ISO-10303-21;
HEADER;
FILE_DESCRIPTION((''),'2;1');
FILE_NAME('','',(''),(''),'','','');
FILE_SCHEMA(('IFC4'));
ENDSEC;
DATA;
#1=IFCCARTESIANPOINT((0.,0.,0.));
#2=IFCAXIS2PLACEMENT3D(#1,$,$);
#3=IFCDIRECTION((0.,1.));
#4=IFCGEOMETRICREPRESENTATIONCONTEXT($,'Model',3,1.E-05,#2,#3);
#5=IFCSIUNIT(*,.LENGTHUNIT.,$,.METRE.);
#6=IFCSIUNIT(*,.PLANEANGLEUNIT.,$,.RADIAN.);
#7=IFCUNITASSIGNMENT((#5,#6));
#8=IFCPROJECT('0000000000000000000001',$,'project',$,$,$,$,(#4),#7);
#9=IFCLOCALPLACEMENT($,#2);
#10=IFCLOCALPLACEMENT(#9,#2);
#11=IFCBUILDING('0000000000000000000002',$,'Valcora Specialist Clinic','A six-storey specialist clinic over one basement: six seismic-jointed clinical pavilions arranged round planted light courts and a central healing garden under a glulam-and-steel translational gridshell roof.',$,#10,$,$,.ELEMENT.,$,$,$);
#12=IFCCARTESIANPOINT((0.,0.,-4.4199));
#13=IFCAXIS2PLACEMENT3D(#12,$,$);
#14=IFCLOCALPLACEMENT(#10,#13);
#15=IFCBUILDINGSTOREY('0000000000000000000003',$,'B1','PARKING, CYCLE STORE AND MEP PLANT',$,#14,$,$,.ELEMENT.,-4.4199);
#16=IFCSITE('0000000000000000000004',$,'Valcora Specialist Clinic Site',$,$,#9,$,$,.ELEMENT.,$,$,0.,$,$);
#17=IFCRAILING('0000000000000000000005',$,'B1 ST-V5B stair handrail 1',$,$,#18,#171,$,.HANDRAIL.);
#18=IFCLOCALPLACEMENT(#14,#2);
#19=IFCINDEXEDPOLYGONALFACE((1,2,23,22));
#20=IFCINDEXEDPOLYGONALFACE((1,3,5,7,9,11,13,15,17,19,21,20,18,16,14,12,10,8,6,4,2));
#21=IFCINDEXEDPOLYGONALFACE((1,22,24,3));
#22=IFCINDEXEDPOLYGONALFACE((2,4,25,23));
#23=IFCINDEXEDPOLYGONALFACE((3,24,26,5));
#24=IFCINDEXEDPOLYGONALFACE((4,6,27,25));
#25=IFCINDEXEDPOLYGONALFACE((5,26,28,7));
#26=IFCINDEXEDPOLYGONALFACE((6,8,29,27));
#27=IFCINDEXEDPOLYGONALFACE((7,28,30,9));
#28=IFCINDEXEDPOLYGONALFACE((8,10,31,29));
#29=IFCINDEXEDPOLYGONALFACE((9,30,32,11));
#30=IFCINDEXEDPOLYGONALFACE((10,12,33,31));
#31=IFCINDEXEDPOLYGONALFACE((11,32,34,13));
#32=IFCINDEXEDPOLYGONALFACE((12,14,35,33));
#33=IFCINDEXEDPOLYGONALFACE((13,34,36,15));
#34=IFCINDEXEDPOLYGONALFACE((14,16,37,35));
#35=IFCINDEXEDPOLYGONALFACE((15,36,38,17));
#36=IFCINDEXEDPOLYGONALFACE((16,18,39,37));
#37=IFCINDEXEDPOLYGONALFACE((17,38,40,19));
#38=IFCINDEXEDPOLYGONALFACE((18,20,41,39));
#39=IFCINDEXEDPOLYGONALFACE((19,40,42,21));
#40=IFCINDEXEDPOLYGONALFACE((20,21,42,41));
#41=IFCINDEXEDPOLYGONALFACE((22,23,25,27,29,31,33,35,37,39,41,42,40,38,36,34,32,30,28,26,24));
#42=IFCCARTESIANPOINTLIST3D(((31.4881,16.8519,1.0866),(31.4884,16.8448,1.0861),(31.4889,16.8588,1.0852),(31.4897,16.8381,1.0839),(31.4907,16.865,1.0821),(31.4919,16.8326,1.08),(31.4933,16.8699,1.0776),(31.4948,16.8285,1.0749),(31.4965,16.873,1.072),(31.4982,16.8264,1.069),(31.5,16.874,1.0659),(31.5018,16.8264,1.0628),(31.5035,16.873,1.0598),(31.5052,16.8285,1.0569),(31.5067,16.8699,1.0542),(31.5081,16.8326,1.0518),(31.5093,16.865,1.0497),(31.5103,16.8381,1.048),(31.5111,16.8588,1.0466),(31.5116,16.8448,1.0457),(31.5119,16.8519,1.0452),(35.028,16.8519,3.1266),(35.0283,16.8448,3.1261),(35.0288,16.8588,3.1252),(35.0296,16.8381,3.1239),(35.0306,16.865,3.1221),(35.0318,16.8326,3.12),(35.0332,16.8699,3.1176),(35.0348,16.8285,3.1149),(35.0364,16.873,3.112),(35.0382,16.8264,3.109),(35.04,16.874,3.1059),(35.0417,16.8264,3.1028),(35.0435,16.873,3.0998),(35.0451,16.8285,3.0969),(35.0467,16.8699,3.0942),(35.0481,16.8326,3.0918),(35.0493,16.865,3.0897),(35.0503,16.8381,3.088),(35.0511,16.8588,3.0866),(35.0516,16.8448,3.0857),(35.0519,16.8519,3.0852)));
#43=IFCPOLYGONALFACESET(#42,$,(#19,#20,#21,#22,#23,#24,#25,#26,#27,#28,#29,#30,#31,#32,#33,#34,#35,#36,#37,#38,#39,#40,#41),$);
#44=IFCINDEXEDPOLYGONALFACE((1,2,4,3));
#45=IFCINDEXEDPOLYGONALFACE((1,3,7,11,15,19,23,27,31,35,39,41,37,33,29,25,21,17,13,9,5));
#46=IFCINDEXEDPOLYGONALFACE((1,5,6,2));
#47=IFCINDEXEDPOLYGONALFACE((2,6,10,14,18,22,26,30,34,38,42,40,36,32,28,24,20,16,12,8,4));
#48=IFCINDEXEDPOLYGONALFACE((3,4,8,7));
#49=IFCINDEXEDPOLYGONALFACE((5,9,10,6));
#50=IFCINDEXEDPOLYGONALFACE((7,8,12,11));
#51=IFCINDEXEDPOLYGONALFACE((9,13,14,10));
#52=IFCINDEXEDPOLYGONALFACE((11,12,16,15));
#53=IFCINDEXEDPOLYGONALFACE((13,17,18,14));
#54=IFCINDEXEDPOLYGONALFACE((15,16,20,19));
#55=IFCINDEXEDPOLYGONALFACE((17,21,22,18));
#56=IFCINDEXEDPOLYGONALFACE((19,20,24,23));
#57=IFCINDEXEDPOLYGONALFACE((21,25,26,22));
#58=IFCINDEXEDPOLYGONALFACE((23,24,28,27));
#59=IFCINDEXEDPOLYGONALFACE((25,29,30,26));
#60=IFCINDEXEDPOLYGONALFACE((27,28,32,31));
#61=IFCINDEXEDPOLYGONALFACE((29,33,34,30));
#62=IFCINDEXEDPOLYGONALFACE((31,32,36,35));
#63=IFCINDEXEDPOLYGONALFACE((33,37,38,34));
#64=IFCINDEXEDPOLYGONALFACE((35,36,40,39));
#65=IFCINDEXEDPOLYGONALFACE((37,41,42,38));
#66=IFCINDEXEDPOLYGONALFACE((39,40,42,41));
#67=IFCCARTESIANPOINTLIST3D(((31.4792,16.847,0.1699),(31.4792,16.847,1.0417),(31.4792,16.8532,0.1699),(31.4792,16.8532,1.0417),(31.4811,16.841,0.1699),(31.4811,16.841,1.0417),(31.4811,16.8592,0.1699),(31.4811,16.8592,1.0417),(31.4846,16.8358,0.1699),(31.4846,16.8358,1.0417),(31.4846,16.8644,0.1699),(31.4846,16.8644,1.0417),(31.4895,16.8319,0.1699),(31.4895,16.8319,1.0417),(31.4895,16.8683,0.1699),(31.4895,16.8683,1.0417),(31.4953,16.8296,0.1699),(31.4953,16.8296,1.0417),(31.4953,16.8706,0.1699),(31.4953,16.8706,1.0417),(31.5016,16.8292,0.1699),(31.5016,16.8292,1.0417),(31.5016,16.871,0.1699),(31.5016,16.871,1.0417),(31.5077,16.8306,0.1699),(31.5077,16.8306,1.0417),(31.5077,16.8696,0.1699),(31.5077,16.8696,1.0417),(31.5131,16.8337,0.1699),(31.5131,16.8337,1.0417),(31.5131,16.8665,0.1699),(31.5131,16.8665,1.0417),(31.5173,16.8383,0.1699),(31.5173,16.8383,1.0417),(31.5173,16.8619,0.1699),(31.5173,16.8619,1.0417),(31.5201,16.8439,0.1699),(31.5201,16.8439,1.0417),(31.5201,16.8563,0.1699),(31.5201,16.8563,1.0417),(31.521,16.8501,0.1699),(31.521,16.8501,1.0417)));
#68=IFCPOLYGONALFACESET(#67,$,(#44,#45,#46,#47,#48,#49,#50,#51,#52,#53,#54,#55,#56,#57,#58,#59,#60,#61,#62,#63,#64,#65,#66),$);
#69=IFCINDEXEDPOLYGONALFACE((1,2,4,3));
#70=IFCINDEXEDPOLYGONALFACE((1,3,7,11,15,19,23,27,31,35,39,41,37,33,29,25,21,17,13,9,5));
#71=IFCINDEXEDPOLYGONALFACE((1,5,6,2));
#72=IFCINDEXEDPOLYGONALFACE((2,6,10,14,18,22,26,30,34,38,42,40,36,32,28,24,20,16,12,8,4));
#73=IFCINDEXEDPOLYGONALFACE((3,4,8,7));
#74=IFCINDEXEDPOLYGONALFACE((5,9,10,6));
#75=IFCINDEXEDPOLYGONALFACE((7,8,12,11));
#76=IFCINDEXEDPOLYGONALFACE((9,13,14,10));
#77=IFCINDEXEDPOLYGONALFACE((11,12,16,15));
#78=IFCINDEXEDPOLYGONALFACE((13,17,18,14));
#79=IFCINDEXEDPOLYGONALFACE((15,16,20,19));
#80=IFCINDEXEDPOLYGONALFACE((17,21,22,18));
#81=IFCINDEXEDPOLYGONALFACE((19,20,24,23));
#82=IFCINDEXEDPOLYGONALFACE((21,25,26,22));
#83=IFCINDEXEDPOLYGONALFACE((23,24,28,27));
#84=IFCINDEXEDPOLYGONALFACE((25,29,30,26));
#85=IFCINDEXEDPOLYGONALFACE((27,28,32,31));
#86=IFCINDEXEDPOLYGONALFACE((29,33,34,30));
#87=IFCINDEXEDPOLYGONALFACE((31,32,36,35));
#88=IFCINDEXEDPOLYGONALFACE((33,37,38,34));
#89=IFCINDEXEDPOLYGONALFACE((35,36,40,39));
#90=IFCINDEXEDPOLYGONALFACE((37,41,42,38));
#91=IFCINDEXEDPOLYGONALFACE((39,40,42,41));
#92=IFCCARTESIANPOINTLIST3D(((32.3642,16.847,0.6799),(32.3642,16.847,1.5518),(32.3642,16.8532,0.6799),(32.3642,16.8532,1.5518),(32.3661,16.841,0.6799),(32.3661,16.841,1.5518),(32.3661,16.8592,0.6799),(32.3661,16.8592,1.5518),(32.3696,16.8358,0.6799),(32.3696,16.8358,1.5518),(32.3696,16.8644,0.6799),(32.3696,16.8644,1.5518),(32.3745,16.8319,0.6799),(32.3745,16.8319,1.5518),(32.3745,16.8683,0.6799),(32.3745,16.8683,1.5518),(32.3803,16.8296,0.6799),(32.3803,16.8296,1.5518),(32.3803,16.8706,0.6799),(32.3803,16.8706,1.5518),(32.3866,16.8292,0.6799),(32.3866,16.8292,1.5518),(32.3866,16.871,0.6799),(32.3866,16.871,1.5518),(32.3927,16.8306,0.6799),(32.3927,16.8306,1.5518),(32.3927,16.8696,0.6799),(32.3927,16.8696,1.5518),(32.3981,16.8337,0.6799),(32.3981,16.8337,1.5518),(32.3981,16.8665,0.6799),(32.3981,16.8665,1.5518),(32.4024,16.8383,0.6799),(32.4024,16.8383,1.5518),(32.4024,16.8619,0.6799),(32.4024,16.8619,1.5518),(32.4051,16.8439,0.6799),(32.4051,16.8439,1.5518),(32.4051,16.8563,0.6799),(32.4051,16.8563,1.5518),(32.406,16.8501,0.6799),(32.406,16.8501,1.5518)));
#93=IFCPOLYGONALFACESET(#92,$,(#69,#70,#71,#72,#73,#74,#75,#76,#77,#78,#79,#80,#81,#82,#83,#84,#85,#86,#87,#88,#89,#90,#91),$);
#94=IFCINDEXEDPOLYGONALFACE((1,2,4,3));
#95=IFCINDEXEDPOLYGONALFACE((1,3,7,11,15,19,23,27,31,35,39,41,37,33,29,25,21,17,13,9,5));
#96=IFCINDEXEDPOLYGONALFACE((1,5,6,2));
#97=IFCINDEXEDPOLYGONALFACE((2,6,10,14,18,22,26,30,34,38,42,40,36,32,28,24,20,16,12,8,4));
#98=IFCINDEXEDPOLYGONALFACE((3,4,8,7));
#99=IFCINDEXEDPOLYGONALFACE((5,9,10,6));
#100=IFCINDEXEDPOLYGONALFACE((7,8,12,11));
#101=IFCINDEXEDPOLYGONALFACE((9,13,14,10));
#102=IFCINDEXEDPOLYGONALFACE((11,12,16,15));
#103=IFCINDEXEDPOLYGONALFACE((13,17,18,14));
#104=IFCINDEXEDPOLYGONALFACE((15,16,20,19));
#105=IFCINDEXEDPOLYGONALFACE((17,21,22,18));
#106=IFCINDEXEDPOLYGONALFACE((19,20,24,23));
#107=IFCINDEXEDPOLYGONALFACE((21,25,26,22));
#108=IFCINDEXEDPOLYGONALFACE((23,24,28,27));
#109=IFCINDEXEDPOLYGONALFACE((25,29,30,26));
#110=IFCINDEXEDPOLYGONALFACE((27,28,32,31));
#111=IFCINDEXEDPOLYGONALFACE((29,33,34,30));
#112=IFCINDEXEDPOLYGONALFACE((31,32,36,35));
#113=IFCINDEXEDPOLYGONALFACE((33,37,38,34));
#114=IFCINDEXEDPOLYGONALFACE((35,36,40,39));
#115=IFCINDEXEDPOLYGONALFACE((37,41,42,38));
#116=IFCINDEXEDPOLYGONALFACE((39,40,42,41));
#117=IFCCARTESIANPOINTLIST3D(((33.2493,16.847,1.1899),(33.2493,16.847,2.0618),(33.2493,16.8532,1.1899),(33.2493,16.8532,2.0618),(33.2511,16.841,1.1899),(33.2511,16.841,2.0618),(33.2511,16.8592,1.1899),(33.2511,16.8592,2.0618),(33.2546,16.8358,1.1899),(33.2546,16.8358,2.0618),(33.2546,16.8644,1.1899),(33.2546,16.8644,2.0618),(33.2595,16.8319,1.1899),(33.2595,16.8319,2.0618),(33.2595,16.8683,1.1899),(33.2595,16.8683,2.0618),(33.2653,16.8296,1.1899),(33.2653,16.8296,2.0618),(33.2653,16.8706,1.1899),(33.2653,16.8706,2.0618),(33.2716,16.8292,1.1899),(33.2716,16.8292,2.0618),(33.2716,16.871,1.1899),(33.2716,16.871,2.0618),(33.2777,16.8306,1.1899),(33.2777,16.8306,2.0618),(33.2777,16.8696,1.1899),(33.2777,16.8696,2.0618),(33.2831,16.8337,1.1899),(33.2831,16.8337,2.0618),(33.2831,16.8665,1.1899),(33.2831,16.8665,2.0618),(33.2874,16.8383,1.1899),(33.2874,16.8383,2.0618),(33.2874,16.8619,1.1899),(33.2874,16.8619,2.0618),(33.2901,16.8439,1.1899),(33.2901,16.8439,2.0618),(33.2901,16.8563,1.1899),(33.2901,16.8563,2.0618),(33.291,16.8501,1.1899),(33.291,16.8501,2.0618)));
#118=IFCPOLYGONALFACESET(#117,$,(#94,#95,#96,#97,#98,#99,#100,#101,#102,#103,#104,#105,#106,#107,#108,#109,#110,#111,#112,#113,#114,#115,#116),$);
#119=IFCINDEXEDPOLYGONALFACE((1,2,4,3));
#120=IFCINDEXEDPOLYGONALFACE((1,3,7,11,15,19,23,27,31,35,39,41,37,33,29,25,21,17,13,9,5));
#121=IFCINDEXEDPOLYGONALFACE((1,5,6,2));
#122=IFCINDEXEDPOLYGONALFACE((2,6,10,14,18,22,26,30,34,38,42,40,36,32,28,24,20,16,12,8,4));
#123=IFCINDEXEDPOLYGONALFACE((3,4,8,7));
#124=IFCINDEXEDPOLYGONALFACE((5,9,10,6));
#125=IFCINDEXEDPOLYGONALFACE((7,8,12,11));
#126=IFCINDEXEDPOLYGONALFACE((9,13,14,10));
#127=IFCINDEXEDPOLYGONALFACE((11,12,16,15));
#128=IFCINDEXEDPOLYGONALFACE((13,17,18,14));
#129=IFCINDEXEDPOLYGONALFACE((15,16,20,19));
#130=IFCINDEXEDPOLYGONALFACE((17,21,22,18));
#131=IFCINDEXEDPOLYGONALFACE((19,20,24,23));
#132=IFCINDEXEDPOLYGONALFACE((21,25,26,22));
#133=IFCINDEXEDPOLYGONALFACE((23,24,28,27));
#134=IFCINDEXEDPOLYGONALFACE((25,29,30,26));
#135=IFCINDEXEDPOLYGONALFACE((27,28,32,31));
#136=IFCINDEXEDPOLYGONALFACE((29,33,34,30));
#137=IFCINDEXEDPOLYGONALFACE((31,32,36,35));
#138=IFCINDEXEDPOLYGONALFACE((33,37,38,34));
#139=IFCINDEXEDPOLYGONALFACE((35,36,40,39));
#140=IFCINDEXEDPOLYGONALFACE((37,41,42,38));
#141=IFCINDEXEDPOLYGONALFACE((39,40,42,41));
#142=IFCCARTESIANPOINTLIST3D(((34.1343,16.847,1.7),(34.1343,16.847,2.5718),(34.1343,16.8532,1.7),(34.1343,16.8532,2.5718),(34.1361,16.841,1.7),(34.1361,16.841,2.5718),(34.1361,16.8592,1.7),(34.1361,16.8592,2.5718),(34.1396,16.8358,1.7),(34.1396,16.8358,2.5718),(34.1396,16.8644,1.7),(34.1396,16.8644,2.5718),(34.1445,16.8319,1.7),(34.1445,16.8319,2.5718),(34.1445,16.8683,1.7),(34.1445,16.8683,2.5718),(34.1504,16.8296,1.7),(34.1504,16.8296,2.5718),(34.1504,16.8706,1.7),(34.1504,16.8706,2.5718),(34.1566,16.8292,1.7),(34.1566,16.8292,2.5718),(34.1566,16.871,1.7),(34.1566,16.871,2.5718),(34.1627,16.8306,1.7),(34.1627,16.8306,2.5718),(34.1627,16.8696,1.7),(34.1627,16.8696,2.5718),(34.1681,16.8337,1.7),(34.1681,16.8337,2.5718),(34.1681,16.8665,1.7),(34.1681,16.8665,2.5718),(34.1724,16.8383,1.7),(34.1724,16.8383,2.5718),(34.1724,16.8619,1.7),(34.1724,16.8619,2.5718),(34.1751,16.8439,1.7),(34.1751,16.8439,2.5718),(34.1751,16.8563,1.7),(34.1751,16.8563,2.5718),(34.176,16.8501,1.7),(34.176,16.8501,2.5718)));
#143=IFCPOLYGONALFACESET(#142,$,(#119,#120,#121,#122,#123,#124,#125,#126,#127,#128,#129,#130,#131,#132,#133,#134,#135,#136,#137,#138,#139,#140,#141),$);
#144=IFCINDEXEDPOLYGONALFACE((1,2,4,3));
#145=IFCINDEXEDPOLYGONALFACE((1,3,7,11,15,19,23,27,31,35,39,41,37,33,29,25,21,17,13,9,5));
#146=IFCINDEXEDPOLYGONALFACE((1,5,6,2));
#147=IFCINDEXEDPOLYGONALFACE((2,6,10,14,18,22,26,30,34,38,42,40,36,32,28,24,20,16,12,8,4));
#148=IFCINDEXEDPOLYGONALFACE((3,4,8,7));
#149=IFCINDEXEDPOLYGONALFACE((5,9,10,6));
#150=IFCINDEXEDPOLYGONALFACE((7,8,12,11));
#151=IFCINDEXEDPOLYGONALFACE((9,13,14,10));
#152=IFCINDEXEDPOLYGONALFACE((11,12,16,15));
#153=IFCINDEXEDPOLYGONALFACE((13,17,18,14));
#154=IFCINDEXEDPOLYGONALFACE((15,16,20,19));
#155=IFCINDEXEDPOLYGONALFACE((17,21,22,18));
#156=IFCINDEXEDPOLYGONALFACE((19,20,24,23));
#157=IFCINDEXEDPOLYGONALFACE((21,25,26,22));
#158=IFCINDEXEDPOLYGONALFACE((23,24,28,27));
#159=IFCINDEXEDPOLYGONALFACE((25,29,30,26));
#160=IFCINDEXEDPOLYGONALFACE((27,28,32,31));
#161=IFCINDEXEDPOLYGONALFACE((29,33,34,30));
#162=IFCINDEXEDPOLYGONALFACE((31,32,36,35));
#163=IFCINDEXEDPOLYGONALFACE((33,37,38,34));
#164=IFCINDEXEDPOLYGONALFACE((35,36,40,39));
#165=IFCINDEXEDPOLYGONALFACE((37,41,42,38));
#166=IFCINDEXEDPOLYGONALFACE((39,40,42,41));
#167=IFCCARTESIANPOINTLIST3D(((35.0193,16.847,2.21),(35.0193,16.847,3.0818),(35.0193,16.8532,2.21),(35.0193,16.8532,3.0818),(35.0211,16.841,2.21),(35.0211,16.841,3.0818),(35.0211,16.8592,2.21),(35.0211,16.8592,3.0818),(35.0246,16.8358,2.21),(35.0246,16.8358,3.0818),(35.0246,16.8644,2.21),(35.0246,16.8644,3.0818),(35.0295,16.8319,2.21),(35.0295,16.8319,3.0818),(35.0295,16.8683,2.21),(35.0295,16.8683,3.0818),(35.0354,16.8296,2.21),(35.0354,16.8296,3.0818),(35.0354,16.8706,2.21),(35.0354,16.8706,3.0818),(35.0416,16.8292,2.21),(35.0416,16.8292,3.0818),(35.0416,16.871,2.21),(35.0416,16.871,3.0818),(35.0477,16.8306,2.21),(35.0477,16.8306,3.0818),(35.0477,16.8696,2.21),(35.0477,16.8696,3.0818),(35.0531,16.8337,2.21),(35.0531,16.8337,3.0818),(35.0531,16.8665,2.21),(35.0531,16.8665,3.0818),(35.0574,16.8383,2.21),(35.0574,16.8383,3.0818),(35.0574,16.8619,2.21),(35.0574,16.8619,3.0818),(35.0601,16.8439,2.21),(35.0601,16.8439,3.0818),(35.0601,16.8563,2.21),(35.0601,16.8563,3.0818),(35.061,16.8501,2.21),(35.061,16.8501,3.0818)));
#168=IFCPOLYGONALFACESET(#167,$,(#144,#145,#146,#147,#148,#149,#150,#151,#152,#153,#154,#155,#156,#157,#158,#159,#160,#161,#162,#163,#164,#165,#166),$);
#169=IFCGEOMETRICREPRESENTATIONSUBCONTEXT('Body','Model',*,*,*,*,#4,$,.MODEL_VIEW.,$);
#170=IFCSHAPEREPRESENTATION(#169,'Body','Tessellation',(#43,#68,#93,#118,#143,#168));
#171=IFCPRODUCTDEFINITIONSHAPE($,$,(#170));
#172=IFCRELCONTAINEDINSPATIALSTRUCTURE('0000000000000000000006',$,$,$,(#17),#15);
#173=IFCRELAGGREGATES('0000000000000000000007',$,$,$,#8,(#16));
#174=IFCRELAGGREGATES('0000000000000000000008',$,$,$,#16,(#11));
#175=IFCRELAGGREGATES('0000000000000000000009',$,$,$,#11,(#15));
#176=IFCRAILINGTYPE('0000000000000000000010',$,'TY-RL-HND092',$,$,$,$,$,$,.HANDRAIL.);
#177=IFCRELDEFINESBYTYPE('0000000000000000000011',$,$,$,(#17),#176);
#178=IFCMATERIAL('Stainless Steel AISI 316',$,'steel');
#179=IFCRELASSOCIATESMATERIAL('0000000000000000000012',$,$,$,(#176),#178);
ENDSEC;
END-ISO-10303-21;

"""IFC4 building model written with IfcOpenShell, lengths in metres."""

from ifc_helpers import new_model, si_unit, direction, frame, origin, origin_2d, place, context, subcontext, project, spatial, circle, extrude, material, type_object, element, save


model = new_model("IFC4")

# Units and contexts
model_context = context("Model", 3, precision=1e-05, world=origin(), true_north=direction((0.0, 1.0)))
body_context = subcontext(model_context, "Body", "Model", "MODEL_VIEW")
ifc_project = project(units=[si_unit("LENGTHUNIT", "METRE"), si_unit("PLANEANGLEUNIT", "RADIAN")], contexts=[model_context])

# Site, building, storey
site_placement = place(None, origin())
site = spatial("IfcSite", under=ifc_project, at=site_placement, Name="Valcora Specialist Clinic Site", CompositionType="ELEMENT", RefElevation=0.0)
building_placement = place(site_placement, origin())
building = spatial("IfcBuilding", under=site, at=building_placement, Name="Valcora Specialist Clinic", Description="A six-storey specialist clinic over one basement: six seismic-jointed clinical pavilions arranged round planted light courts and a central healing garden under a glulam-and-steel translational gridshell roof.", CompositionType="ELEMENT")
storey_placement = place(building_placement, frame((0.0, 0.0, -4.4199)))
storey = spatial("IfcBuildingStorey", under=building, at=storey_placement, Name="B1", Description="PARKING, CYCLE STORE AND MEP PLANT", CompositionType="ELEMENT", Elevation=-4.4199)

# Railing
ifc_material_1 = material(Name="Stainless Steel AISI 316", Category="steel")
railing_type_1 = type_object("IfcRailingType", Name="TY-RL-HND092", PredefinedType="HANDRAIL", material=ifc_material_1)
railing_1_placement = place(storey_placement, frame((31.5, 16.8501, 0.1699)))
element("IfcRailing", 1, at=railing_1_placement, inside=storey, type_object=railing_type_1, Name="B1 ST-V5B stair handrail 1", PredefinedType="HANDRAIL", context=body_context, shape_type="SweptSolid", body=[
    extrude(circle(Radius=0.0239, at=origin_2d()), frame((0.0, 0.0, 0.896), z_axis=(0.866428, 0.0, 0.499302), x_axis=(0.0, 1.0, 0.0)), (0.0, 0.0, 1.0), 4.0857),
    extrude(circle(Radius=0.021, at=origin_2d()), origin(), (0.0, 0.0, 1.0), 0.8718),
    extrude(circle(Radius=0.021, at=origin_2d()), frame((0.885, 0.0, 0.51)), (0.0, 0.0, 1.0), 0.8718),
    extrude(circle(Radius=0.021, at=origin_2d()), frame((1.77, 0.0, 1.02)), (0.0, 0.0, 1.0), 0.8718),
    extrude(circle(Radius=0.021, at=origin_2d()), frame((2.655, 0.0, 1.53)), (0.0, 0.0, 1.0), 0.8718),
    extrude(circle(Radius=0.021, at=origin_2d()), frame((3.54, 0.0, 2.04)), (0.0, 0.0, 1.0), 0.8718),
])

save(model, "model.ifc")
